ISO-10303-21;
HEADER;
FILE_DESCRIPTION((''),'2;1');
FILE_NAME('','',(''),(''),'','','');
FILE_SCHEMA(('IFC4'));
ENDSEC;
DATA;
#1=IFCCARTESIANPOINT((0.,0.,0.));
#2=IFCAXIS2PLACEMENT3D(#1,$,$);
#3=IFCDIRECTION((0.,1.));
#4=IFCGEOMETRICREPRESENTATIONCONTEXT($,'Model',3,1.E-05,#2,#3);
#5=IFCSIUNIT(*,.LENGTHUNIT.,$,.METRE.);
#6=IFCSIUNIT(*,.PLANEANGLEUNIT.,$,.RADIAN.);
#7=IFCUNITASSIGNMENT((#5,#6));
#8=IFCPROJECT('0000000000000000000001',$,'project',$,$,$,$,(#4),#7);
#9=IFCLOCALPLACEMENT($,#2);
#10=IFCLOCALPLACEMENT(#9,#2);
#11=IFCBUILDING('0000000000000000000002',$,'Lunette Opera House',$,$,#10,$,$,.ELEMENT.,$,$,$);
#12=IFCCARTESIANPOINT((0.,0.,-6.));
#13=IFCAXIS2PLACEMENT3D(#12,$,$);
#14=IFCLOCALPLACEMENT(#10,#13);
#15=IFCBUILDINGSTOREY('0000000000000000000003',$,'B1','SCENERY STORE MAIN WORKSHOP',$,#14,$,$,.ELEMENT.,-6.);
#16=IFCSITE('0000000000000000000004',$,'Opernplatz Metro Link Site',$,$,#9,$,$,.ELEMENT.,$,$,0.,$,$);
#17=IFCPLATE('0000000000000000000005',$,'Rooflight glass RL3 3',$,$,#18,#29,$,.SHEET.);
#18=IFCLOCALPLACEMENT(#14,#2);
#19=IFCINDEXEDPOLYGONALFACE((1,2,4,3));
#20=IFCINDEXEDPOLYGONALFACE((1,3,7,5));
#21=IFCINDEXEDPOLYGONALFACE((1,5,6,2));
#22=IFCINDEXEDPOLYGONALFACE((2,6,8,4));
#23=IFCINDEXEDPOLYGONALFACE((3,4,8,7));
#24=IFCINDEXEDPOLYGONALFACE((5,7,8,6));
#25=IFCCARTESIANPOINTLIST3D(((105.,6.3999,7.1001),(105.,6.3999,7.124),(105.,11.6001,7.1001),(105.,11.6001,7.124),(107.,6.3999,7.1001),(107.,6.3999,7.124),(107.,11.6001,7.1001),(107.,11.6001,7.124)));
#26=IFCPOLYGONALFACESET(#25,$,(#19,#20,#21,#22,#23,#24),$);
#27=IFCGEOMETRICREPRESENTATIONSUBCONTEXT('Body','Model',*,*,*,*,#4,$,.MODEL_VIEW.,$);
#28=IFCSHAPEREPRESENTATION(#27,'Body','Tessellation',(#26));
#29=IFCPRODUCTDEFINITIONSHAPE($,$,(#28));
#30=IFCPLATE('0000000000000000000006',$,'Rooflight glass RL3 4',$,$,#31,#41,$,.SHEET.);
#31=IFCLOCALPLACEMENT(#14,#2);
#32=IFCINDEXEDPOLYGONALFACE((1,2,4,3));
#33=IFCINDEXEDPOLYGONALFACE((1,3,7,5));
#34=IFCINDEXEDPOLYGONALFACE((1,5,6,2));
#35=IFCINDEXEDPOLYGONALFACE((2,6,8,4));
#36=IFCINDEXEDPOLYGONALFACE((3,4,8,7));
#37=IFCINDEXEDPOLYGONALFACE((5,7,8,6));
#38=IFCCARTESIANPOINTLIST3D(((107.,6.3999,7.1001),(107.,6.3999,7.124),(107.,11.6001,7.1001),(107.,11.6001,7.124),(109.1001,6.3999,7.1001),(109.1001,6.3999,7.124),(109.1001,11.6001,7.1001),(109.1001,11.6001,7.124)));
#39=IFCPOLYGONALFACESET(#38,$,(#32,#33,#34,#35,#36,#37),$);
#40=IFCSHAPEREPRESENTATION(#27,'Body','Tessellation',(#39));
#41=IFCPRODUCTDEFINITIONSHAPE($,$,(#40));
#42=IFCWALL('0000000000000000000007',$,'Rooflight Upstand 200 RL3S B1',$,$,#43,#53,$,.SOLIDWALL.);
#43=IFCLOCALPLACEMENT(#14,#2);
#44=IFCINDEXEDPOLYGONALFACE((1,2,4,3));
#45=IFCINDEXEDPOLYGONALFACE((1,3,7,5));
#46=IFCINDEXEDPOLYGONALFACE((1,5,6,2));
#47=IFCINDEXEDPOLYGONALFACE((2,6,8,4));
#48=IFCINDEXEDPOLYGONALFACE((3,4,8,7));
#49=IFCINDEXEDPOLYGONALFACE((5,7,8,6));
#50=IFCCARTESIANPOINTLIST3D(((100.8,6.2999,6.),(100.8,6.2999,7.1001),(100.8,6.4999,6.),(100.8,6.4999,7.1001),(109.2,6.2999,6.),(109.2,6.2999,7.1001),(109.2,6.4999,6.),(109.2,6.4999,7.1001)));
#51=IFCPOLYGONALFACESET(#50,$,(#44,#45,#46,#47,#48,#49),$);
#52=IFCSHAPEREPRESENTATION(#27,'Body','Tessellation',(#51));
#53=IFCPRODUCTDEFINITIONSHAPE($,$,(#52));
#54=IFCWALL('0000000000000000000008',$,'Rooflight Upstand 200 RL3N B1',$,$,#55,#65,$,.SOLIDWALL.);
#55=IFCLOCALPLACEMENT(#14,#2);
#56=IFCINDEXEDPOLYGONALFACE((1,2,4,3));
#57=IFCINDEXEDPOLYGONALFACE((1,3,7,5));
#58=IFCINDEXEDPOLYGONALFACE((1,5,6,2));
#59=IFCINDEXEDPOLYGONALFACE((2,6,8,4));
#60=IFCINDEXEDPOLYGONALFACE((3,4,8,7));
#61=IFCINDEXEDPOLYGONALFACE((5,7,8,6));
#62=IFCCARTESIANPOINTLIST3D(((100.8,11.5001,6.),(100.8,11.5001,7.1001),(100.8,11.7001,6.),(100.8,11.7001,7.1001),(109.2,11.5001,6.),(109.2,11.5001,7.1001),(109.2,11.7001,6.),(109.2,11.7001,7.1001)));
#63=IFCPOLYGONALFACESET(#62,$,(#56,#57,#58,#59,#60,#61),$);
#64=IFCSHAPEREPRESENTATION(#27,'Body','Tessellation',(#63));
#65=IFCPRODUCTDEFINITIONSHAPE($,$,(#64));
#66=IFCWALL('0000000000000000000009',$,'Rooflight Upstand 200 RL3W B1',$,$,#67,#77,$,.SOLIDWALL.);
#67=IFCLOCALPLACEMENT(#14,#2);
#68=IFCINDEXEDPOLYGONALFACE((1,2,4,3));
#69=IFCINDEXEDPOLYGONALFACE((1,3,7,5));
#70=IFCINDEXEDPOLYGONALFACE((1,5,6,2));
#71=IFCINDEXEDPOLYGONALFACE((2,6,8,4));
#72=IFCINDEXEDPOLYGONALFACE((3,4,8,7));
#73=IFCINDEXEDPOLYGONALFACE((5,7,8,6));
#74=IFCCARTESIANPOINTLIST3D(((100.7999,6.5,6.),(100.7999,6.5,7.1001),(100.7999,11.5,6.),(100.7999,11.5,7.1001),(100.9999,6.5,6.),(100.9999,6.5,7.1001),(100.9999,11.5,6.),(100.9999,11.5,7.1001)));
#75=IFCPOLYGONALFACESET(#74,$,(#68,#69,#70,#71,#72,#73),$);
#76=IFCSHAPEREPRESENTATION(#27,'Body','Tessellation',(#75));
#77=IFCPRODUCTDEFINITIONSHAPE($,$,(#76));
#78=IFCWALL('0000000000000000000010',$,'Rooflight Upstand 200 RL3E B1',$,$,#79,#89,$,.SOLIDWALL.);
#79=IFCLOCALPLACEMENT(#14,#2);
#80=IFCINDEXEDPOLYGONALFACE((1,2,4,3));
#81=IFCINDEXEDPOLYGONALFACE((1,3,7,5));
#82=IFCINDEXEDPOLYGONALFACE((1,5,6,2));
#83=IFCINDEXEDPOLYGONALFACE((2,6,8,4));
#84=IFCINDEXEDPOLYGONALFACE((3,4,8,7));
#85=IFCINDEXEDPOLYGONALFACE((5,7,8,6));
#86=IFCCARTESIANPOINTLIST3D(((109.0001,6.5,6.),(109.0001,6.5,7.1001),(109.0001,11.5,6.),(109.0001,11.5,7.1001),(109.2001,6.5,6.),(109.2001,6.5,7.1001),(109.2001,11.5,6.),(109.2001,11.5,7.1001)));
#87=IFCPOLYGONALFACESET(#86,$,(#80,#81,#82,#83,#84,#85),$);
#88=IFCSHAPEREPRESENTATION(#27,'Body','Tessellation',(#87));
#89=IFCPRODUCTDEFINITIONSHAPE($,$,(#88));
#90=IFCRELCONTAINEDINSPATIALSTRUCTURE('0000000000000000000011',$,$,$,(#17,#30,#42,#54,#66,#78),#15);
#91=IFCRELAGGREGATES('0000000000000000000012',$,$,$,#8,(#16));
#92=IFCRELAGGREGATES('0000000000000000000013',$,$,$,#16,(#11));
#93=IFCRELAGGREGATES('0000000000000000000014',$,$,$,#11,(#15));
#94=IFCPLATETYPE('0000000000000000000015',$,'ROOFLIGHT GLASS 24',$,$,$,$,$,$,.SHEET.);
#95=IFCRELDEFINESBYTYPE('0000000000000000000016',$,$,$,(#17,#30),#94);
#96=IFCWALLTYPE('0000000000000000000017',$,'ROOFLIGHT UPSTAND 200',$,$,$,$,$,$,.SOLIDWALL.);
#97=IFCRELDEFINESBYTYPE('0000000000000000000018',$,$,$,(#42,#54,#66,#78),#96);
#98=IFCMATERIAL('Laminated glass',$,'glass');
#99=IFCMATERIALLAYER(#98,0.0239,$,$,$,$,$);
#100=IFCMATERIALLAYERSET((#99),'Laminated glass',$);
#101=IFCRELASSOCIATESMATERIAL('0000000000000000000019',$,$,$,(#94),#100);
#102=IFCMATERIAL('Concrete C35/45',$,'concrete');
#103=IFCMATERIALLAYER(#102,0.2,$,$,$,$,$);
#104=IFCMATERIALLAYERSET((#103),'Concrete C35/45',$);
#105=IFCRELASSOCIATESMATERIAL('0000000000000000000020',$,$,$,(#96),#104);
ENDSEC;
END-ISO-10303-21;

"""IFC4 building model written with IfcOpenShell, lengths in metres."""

from ifc_helpers import new_model, si_unit, direction, frame, frame_2d, origin, place, context, subcontext, project, spatial, polyline, rectangle, outline, extrude, material, layer, layer_set, type_object, element, save


model = new_model("IFC4")

# Units and contexts
model_context = context("Model", 3, precision=1e-05, world=origin(), true_north=direction((0.0, 1.0)))
body_context = subcontext(model_context, "Body", "Model", "MODEL_VIEW")
ifc_project = project(units=[si_unit("LENGTHUNIT", "METRE"), si_unit("PLANEANGLEUNIT", "RADIAN")], contexts=[model_context])

# Site, building, storey
site_placement = place(None, origin())
site = spatial("IfcSite", under=ifc_project, at=site_placement, Name="Opernplatz Metro Link Site", CompositionType="ELEMENT", RefElevation=0.0)
building_placement = place(site_placement, origin())
building = spatial("IfcBuilding", under=site, at=building_placement, Name="Lunette Opera House", CompositionType="ELEMENT")
storey_placement = place(building_placement, frame((0.0, 0.0, -6.0)))
storey = spatial("IfcBuildingStorey", under=building, at=storey_placement, Name="B1", Description="SCENERY STORE MAIN WORKSHOP", CompositionType="ELEMENT", Elevation=-6.0)

# Plates
ifc_material_1 = material(Name="Laminated glass", Category="glass")
ifc_layer_1 = layer(ifc_material_1, 0.0239)
ifc_layer_set_1 = layer_set([ifc_layer_1], Name="Laminated glass")
plate_type_1 = type_object("IfcPlateType", Name="ROOFLIGHT GLASS 24", PredefinedType="SHEET", material=ifc_layer_set_1)
for number, where, z_axis, x_axis, name in (
    (1, (105.0, 6.3999, 7.124), (0.0, 0.0, 1.0), (1.0, 0.0, 0.0), "Rooflight glass RL3 3"),
):
    element("IfcPlate", number, at=place(storey_placement, frame(where, z_axis=z_axis, x_axis=x_axis)), inside=storey, type_object=plate_type_1, Name=name, PredefinedType="SHEET", context=body_context, shape_type="SweptSolid", body=[
        extrude(outline(polyline([(0.0, 0.0), (2.0, 0.0), (2.0, 5.2002), (0.0, 5.2002), (0.0, 0.0)])), origin(), (0.0, 0.0, -1.0), 0.0239),
    ])
plate_1_placement = place(storey_placement, frame((107.0, 6.3999, 7.124), z_axis=(0.0, 0.0, 1.0), x_axis=(1.0, 0.0, 0.0)))
element("IfcPlate", 2, at=plate_1_placement, inside=storey, type_object=plate_type_1, Name="Rooflight glass RL3 4", PredefinedType="SHEET", context=body_context, shape_type="SweptSolid", body=[
    extrude(outline(polyline([(0.0, 0.0), (2.1001, 0.0), (2.1001, 5.2002), (0.0, 5.2002), (0.0, 0.0)])), origin(), (0.0, 0.0, -1.0), 0.0239),
])

# Walls
ifc_material_2 = material(Name="Concrete C35/45", Category="concrete")
ifc_layer_2 = layer(ifc_material_2, 0.2)
ifc_layer_set_2 = layer_set([ifc_layer_2], Name="Concrete C35/45")
wall_type = type_object("IfcWallType", Name="ROOFLIGHT UPSTAND 200", PredefinedType="SOLIDWALL", material=ifc_layer_set_2)
for number, where, z_axis, x_axis, name in (
    (3, (100.8, 6.3999, 6.0), (0.0, 0.0, 1.0), (1.0, 0.0, 0.0), "Rooflight Upstand 200 RL3S B1"),
    (4, (100.8, 11.6001, 6.0), (0.0, 0.0, 1.0), (1.0, 0.0, 0.0), "Rooflight Upstand 200 RL3N B1"),
):
    element("IfcWall", number, at=place(storey_placement, frame(where, z_axis=z_axis, x_axis=x_axis)), inside=storey, type_object=wall_type, Name=name, PredefinedType="SOLIDWALL", context=body_context, shape_type="SweptSolid", body=[
        extrude(rectangle(XDim=8.3999, YDim=0.2, at=frame_2d((4.2, 0.0))), origin(), (0.0, 0.0, 1.0), 1.1001),
    ])
for number, where, z_axis, x_axis, name in (
    (5, (100.8999, 6.5, 6.0), (0.0, 0.0, 1.0), (0.0, 1.0, 0.0), "Rooflight Upstand 200 RL3W B1"),
    (6, (109.1001, 6.5, 6.0), (0.0, 0.0, 1.0), (0.0, 1.0, 0.0), "Rooflight Upstand 200 RL3E B1"),
):
    element("IfcWall", number, at=place(storey_placement, frame(where, z_axis=z_axis, x_axis=x_axis)), inside=storey, type_object=wall_type, Name=name, PredefinedType="SOLIDWALL", context=body_context, shape_type="SweptSolid", body=[
        extrude(rectangle(XDim=5.0, YDim=0.2, at=frame_2d((2.5, 0.0))), origin(), (0.0, 0.0, 1.0), 1.1001),
    ])

save(model, "model.ifc")
